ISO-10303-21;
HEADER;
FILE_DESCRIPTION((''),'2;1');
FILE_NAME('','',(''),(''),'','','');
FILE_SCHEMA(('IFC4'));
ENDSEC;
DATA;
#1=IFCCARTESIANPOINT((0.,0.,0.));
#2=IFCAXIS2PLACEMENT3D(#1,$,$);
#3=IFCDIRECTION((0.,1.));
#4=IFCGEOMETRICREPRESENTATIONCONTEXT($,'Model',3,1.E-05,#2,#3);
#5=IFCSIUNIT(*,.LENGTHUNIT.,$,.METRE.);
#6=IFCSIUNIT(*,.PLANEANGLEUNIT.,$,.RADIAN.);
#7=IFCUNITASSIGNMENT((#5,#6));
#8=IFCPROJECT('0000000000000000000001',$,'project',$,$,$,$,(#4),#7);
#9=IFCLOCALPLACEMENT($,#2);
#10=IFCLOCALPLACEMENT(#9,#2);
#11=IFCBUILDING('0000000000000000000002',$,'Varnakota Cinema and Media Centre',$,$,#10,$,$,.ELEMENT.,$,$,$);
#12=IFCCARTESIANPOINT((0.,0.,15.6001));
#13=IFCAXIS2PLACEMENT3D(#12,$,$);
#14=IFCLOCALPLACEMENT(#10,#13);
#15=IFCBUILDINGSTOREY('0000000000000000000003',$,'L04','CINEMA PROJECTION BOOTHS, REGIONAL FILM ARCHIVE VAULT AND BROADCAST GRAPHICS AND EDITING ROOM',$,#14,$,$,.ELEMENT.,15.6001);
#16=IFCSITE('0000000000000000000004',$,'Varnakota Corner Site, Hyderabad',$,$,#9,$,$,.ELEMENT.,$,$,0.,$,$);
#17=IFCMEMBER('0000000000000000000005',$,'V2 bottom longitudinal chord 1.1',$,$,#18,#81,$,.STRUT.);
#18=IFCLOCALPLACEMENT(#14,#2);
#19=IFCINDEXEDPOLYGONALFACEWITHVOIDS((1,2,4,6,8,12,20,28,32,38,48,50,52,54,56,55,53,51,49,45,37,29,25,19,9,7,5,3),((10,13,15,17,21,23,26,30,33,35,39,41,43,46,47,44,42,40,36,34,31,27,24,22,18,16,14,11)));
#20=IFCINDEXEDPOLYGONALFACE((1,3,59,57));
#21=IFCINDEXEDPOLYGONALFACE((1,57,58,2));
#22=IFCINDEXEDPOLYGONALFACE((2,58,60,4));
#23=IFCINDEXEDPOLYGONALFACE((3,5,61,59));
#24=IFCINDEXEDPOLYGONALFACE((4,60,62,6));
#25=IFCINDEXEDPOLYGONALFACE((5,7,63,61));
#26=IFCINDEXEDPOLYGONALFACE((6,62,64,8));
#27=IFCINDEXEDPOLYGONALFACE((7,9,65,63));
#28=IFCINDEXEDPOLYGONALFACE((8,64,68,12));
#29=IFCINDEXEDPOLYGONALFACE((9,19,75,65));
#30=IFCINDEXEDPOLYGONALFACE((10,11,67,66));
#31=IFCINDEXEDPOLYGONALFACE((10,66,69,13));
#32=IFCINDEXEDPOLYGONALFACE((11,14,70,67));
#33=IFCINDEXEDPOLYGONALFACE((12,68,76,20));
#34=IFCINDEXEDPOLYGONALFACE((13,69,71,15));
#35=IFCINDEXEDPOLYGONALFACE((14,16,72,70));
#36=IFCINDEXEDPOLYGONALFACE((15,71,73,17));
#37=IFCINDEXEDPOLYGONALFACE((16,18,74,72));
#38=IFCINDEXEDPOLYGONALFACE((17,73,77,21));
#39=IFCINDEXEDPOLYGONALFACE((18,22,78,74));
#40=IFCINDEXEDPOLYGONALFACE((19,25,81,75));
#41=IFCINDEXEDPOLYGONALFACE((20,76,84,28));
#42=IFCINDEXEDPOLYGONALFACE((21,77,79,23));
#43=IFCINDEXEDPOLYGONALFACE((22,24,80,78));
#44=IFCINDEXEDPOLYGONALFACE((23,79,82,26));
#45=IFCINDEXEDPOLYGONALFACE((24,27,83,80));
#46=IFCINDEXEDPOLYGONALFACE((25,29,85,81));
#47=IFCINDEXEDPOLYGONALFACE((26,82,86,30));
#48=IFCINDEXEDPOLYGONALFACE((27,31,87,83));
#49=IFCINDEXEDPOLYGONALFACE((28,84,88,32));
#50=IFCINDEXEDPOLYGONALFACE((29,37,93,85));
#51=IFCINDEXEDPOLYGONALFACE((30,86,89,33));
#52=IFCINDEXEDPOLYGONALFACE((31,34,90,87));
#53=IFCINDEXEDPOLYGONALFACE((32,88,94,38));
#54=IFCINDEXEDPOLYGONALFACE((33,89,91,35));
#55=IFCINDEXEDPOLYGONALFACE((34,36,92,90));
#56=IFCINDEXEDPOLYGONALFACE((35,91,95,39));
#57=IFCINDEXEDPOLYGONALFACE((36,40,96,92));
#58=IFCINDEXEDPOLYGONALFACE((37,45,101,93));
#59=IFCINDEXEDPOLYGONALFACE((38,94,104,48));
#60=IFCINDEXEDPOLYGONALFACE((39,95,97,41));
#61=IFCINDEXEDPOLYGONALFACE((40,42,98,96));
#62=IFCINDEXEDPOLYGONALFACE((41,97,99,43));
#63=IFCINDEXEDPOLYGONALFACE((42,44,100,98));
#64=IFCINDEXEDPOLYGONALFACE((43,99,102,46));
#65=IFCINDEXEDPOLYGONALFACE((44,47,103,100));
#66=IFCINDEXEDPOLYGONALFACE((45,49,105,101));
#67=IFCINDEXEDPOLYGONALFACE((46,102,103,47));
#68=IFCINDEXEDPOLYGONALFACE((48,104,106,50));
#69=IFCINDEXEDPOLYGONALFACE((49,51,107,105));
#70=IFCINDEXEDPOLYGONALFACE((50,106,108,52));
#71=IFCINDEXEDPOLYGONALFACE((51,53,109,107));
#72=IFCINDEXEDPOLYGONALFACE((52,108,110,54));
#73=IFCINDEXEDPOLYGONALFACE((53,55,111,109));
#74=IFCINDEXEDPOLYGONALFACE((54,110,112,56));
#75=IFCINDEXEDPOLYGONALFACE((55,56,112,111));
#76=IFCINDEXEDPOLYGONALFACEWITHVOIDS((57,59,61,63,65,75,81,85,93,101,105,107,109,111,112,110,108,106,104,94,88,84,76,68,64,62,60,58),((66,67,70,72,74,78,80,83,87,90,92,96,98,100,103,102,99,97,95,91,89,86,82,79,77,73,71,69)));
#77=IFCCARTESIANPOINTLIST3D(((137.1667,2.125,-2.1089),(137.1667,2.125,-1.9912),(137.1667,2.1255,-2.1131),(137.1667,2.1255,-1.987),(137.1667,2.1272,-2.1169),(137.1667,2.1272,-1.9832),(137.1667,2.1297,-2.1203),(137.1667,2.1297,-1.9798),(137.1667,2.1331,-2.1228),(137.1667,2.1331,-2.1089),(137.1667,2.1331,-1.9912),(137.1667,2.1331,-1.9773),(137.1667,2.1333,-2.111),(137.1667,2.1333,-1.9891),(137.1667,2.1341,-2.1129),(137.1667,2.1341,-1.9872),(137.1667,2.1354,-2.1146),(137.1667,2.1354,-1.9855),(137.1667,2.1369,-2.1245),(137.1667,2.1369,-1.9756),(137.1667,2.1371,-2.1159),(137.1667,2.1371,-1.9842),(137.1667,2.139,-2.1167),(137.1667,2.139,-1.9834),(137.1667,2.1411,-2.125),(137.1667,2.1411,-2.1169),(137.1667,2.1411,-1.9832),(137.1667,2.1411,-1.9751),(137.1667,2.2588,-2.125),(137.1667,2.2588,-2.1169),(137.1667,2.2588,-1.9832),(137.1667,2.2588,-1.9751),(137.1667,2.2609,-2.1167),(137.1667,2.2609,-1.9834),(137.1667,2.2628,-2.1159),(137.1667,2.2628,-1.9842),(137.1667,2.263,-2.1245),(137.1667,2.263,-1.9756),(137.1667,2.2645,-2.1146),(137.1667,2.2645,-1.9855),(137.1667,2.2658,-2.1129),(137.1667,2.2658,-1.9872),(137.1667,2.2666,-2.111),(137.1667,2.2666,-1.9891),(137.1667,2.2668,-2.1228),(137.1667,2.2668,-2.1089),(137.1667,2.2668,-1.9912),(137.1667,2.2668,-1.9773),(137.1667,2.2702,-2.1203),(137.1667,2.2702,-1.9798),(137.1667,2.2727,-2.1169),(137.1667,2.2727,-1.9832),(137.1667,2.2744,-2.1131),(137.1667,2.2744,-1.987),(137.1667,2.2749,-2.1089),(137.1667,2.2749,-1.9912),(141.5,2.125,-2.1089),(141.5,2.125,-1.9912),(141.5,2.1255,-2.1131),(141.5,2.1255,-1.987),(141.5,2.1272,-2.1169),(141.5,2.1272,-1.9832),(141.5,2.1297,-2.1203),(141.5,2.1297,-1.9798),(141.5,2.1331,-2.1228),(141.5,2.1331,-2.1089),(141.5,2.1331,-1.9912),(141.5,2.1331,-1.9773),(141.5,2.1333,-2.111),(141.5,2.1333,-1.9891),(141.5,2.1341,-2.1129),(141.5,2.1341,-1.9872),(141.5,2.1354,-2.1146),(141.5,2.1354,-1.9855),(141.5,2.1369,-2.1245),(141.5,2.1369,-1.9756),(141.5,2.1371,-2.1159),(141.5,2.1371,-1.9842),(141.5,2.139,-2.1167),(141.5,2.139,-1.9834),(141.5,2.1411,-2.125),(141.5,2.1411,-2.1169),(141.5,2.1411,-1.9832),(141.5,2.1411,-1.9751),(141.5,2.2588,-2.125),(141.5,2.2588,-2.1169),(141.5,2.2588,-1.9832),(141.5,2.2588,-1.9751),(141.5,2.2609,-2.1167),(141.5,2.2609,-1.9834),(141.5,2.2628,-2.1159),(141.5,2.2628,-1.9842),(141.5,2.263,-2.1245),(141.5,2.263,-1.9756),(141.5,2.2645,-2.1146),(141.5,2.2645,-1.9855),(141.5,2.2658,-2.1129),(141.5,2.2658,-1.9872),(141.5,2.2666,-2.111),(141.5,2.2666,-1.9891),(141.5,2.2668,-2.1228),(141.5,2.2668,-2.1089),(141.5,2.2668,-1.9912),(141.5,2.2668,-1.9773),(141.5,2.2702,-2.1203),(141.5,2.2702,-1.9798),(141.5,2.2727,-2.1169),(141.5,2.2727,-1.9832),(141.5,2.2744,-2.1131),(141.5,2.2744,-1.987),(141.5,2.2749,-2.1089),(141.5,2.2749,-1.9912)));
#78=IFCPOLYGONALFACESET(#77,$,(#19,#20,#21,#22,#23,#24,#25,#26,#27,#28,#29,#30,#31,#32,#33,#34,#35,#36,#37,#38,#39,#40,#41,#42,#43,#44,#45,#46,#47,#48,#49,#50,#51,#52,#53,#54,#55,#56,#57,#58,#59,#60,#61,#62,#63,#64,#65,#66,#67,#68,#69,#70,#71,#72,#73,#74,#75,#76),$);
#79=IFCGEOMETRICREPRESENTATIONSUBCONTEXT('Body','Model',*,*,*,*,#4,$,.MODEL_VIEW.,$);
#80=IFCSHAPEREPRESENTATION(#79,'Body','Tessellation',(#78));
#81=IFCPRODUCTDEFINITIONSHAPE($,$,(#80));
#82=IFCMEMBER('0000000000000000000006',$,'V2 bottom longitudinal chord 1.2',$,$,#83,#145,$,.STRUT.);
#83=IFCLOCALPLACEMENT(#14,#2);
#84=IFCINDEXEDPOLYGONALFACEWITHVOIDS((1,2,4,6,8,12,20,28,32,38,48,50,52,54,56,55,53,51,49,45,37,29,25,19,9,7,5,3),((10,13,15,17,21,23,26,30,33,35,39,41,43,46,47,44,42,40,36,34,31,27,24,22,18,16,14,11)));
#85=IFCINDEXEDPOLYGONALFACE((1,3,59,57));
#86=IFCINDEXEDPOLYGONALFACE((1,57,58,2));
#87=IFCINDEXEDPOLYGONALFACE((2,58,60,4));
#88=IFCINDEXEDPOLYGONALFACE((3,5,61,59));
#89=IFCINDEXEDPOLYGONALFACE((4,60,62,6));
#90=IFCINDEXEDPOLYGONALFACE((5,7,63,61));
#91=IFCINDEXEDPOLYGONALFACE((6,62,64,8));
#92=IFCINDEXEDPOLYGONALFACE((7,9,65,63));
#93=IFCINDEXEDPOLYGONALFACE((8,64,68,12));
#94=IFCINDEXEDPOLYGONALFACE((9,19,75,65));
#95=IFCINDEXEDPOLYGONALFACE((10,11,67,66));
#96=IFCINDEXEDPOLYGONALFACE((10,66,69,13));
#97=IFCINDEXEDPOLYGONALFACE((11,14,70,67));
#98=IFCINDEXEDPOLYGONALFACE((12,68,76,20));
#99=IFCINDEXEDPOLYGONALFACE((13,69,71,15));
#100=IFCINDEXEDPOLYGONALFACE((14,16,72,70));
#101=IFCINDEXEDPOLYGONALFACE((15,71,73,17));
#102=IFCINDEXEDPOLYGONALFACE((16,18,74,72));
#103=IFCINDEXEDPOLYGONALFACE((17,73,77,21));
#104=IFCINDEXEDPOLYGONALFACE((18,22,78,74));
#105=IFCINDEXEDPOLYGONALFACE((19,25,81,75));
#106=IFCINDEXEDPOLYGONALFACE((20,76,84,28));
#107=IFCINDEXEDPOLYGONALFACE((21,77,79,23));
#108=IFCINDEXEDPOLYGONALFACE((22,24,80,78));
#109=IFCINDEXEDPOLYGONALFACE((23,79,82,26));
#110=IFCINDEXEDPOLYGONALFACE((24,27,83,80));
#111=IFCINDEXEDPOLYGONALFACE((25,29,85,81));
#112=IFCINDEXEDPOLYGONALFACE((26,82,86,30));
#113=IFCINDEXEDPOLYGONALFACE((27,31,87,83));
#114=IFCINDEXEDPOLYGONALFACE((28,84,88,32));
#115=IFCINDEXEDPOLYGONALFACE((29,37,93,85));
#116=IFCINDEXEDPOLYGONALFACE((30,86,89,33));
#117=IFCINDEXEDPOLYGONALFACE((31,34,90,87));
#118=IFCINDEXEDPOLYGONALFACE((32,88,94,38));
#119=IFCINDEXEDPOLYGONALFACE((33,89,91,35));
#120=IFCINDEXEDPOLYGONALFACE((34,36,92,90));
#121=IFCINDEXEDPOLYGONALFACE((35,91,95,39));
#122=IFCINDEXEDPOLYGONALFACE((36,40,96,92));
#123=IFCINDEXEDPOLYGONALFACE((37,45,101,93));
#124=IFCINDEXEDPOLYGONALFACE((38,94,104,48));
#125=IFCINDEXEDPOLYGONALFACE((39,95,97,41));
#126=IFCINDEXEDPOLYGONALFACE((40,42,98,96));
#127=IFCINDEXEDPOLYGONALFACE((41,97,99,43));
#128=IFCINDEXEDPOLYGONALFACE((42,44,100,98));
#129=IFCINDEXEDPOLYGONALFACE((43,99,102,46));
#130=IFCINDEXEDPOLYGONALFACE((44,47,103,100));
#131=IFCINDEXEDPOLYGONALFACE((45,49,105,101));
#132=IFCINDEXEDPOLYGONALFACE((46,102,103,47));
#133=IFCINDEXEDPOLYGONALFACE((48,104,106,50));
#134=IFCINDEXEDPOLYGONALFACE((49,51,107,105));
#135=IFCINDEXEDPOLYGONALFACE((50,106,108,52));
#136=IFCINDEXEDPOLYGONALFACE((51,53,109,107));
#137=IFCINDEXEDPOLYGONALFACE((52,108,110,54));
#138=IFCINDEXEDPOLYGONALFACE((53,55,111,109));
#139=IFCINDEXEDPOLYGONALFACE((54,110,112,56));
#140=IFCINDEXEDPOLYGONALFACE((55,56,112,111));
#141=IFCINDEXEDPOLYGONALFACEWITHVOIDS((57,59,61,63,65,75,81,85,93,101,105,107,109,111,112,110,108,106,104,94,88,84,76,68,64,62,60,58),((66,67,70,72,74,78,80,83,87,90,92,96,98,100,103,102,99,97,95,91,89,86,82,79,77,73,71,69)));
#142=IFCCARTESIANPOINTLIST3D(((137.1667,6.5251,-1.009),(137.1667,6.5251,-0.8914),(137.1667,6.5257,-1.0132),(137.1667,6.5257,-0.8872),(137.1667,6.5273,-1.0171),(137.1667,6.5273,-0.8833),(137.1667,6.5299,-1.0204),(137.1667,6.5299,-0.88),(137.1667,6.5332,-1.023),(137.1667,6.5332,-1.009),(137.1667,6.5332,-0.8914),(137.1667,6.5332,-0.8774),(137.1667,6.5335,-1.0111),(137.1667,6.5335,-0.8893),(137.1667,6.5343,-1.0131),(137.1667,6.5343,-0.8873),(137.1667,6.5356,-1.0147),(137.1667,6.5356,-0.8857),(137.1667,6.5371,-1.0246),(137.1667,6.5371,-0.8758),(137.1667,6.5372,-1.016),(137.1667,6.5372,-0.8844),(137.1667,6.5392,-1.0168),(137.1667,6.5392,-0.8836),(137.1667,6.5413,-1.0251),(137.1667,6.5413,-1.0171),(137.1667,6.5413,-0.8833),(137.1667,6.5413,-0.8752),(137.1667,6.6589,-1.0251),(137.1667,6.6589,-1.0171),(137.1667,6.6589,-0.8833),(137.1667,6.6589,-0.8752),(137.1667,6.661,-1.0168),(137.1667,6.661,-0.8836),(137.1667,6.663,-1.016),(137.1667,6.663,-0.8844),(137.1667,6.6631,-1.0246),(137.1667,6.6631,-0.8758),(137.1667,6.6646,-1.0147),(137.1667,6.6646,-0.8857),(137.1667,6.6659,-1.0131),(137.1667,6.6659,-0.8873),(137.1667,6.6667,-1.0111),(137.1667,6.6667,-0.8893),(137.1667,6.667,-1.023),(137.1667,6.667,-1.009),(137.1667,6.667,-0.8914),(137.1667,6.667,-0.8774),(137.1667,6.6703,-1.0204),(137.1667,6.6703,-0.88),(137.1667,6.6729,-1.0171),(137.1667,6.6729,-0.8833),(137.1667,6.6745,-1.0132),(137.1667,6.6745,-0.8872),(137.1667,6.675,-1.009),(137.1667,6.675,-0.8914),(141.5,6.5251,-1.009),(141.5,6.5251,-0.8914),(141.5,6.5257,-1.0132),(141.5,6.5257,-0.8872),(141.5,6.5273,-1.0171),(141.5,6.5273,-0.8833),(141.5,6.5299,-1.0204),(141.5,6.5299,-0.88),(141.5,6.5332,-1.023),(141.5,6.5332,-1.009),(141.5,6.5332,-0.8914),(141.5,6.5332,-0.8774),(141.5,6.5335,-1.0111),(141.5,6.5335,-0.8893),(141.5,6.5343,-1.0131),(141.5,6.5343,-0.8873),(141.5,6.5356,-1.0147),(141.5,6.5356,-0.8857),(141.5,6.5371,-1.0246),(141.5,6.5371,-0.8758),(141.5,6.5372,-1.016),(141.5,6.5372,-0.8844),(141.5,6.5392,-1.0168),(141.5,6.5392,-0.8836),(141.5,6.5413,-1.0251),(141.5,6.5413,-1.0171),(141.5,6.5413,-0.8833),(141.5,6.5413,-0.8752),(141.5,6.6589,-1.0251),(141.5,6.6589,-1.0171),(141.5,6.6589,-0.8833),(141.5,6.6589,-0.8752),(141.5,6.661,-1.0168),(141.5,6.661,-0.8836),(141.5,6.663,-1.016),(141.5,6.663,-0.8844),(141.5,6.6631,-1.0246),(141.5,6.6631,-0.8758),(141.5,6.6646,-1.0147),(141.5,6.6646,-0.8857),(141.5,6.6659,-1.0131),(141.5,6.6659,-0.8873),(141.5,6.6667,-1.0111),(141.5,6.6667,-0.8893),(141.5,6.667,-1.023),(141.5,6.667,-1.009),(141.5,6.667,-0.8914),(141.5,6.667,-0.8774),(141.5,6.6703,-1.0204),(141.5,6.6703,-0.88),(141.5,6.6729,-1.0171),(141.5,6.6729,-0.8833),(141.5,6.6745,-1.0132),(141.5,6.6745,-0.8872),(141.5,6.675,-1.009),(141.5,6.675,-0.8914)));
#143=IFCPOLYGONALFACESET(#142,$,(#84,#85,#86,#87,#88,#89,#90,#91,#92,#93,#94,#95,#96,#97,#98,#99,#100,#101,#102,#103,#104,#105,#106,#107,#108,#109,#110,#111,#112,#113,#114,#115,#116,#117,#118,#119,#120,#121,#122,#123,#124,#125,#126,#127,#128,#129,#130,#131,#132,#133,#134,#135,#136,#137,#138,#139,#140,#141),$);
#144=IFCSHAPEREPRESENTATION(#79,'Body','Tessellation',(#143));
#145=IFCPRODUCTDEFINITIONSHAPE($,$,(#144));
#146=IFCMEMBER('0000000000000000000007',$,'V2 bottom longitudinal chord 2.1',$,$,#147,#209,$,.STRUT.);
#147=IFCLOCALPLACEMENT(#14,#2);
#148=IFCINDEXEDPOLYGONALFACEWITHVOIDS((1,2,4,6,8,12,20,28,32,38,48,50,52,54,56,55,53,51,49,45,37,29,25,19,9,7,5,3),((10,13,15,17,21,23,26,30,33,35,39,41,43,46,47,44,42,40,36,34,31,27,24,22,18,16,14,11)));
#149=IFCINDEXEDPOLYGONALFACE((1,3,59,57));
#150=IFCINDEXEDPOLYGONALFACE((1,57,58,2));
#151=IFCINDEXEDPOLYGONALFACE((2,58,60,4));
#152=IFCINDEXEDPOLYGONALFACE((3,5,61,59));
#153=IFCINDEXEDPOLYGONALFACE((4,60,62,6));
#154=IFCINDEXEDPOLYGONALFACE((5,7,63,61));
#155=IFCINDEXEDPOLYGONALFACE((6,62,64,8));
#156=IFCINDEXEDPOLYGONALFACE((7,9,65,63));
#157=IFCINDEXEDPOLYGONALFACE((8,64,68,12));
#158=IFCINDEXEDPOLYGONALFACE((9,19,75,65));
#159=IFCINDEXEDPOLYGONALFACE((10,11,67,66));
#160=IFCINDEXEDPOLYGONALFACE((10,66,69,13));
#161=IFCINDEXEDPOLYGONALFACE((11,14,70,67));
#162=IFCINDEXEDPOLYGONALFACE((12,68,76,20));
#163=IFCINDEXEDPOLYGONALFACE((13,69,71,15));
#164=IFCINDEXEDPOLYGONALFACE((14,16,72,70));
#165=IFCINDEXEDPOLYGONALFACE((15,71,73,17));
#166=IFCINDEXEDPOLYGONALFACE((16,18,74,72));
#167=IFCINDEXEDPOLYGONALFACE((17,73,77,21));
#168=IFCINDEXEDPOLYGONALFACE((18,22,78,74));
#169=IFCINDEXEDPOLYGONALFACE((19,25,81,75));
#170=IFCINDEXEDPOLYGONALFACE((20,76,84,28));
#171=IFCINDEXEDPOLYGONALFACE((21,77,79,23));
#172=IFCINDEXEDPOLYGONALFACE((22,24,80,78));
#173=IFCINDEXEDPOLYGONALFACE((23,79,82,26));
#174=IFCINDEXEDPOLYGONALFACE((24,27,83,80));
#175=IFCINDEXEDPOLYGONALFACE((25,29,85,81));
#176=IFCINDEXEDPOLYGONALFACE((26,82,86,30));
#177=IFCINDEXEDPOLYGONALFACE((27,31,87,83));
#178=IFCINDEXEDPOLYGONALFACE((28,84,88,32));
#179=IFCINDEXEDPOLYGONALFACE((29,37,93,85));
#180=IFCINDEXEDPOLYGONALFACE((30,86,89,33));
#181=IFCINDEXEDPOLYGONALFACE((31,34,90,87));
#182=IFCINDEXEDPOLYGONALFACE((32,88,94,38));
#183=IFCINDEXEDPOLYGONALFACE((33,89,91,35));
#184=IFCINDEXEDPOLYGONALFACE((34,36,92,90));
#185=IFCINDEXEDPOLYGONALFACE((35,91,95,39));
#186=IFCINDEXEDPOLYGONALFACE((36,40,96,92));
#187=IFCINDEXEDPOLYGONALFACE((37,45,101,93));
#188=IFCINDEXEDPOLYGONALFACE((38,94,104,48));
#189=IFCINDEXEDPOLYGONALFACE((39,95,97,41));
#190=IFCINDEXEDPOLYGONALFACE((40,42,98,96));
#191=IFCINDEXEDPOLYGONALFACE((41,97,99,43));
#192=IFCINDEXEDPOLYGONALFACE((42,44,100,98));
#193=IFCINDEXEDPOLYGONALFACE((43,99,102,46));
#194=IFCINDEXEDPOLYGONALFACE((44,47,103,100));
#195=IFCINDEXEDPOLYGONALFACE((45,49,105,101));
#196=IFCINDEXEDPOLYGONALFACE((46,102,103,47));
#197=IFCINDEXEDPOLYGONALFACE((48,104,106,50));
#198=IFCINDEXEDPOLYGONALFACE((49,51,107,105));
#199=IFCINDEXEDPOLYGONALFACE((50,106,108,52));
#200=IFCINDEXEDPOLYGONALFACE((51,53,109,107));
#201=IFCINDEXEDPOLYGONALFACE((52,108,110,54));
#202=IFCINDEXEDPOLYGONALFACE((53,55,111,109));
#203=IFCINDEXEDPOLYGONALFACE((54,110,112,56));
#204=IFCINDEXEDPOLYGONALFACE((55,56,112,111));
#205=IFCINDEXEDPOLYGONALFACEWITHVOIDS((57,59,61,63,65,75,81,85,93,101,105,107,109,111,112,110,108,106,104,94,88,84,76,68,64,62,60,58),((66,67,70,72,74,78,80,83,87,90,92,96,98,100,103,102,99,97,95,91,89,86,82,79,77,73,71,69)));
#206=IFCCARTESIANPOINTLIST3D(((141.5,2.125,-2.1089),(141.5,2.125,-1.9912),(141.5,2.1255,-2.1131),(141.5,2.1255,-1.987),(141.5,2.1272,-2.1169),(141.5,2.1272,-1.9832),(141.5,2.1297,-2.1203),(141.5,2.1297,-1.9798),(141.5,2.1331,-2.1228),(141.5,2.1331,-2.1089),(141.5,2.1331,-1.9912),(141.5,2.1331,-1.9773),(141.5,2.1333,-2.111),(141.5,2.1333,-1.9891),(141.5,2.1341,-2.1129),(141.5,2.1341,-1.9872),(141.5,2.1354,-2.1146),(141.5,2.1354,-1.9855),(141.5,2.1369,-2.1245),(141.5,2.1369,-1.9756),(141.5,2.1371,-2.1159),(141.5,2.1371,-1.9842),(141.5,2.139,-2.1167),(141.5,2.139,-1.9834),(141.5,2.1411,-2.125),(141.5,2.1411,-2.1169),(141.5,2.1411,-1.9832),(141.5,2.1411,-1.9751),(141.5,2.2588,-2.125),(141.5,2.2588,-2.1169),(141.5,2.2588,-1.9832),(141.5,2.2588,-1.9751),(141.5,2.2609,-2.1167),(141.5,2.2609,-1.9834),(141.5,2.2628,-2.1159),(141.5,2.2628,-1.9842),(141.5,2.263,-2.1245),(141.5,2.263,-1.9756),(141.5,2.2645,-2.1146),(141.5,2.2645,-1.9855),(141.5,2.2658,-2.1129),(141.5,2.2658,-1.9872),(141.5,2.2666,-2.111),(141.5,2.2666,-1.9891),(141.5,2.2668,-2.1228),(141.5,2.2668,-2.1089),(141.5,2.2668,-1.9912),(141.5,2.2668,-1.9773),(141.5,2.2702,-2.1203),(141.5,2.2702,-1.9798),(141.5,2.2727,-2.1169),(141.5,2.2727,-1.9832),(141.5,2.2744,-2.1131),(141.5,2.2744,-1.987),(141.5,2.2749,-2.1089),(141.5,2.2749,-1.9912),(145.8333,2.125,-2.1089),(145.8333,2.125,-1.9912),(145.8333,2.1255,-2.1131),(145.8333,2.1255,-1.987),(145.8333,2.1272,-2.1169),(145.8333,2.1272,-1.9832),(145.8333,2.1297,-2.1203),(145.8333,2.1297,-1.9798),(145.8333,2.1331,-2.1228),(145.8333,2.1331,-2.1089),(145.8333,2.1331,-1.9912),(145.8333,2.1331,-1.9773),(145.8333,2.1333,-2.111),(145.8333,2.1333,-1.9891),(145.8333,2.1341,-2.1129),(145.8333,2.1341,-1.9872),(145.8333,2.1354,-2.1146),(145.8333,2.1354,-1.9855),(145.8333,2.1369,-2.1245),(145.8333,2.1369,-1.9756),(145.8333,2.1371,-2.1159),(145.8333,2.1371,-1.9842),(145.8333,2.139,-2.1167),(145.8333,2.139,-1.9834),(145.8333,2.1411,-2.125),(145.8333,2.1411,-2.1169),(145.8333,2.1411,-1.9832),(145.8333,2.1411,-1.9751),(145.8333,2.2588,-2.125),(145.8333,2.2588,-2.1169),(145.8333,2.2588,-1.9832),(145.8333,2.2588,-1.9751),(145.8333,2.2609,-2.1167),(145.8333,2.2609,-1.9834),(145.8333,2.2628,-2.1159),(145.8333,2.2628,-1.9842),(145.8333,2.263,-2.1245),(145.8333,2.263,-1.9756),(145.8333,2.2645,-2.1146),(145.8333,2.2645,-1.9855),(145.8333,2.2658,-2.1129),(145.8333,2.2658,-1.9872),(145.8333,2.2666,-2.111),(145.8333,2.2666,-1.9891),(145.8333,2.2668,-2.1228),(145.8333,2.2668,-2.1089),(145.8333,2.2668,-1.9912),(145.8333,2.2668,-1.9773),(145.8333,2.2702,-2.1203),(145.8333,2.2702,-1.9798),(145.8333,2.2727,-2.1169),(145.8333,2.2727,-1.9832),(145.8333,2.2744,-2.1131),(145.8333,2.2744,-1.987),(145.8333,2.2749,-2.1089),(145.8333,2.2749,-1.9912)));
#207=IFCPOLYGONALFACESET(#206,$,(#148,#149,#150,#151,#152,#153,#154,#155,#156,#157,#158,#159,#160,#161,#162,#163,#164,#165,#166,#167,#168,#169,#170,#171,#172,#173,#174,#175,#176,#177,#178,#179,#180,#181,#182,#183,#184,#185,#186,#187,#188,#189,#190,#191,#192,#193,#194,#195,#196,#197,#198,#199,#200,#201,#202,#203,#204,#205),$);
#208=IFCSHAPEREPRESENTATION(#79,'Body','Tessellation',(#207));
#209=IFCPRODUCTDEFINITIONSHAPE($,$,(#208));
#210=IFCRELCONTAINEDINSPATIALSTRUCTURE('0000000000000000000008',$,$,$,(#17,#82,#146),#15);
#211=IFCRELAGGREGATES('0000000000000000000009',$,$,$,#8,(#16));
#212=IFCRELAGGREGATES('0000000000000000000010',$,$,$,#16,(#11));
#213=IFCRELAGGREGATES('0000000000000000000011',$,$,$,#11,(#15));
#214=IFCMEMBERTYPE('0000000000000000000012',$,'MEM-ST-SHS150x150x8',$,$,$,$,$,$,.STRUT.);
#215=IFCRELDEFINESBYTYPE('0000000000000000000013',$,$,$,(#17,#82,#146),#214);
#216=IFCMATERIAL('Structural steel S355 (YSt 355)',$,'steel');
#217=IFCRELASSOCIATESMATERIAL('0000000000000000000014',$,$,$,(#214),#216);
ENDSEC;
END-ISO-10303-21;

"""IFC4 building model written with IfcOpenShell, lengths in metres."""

from ifc_helpers import new_model, si_unit, direction, frame, origin, origin_2d, place, context, subcontext, project, spatial, hollow_rectangle, extrude, material, material_profile, profile_set, type_object, element, save


model = new_model("IFC4")

# Units and contexts
model_context = context("Model", 3, precision=1e-05, world=origin(), true_north=direction((0.0, 1.0)))
body_context = subcontext(model_context, "Body", "Model", "MODEL_VIEW")
ifc_project = project(units=[si_unit("LENGTHUNIT", "METRE"), si_unit("PLANEANGLEUNIT", "RADIAN")], contexts=[model_context])

# Site, building, storey
site_placement = place(None, origin())
site = spatial("IfcSite", under=ifc_project, at=site_placement, Name="Varnakota Corner Site, Hyderabad", CompositionType="ELEMENT", RefElevation=0.0)
building_placement = place(site_placement, origin())
building = spatial("IfcBuilding", under=site, at=building_placement, Name="Varnakota Cinema and Media Centre", CompositionType="ELEMENT")
storey_placement = place(building_placement, frame((0.0, 0.0, 15.6001)))
storey = spatial("IfcBuildingStorey", under=building, at=storey_placement, Name="L04", Description="CINEMA PROJECTION BOOTHS, REGIONAL FILM ARCHIVE VAULT AND BROADCAST GRAPHICS AND EDITING ROOM", CompositionType="ELEMENT", Elevation=15.6001)

# Members
ifc_material_1 = material(Name="Structural steel S355 (YSt 355)", Category="steel")
ifc_material_profile_1 = material_profile(ifc_material_1, hollow_rectangle(XDim=0.1499, YDim=0.1499, WallThickness=0.0081, InnerFilletRadius=0.0081, OuterFilletRadius=0.0161, at=origin_2d()), Name="SHS 150x150x8")
ifc_profile_set_1 = profile_set([ifc_material_profile_1], Name="Structural steel S355 (YSt 355)")
member_type_1 = type_object("IfcMemberType", Name="MEM-ST-SHS150x150x8", PredefinedType="STRUT", material=ifc_profile_set_1)
for number, where, z_axis, x_axis, name in (
    (1, (137.1667, 2.2, -2.05), (1.0, 0.0, 0.0), (0.0, 1.0, 0.0), "V2 bottom longitudinal chord 1.1"),
    (2, (137.1667, 6.6001, -0.9502), (1.0, 0.0, 0.0), (0.0, 1.0, 0.0), "V2 bottom longitudinal chord 1.2"),
    (3, (141.5, 2.2, -2.05), (1.0, 0.0, 0.0), (0.0, 1.0, 0.0), "V2 bottom longitudinal chord 2.1"),
):
    element("IfcMember", number, at=place(storey_placement, frame(where, z_axis=z_axis, x_axis=x_axis)), inside=storey, type_object=member_type_1, Name=name, PredefinedType="STRUT", context=body_context, shape_type="SweptSolid", body=[
        extrude(hollow_rectangle(XDim=0.1499, YDim=0.1499, WallThickness=0.0081, InnerFilletRadius=0.0081, OuterFilletRadius=0.0161, at=origin_2d()), origin(), (0.0, 0.0, 1.0), 4.3333),
    ])

save(model, "model.ifc")
